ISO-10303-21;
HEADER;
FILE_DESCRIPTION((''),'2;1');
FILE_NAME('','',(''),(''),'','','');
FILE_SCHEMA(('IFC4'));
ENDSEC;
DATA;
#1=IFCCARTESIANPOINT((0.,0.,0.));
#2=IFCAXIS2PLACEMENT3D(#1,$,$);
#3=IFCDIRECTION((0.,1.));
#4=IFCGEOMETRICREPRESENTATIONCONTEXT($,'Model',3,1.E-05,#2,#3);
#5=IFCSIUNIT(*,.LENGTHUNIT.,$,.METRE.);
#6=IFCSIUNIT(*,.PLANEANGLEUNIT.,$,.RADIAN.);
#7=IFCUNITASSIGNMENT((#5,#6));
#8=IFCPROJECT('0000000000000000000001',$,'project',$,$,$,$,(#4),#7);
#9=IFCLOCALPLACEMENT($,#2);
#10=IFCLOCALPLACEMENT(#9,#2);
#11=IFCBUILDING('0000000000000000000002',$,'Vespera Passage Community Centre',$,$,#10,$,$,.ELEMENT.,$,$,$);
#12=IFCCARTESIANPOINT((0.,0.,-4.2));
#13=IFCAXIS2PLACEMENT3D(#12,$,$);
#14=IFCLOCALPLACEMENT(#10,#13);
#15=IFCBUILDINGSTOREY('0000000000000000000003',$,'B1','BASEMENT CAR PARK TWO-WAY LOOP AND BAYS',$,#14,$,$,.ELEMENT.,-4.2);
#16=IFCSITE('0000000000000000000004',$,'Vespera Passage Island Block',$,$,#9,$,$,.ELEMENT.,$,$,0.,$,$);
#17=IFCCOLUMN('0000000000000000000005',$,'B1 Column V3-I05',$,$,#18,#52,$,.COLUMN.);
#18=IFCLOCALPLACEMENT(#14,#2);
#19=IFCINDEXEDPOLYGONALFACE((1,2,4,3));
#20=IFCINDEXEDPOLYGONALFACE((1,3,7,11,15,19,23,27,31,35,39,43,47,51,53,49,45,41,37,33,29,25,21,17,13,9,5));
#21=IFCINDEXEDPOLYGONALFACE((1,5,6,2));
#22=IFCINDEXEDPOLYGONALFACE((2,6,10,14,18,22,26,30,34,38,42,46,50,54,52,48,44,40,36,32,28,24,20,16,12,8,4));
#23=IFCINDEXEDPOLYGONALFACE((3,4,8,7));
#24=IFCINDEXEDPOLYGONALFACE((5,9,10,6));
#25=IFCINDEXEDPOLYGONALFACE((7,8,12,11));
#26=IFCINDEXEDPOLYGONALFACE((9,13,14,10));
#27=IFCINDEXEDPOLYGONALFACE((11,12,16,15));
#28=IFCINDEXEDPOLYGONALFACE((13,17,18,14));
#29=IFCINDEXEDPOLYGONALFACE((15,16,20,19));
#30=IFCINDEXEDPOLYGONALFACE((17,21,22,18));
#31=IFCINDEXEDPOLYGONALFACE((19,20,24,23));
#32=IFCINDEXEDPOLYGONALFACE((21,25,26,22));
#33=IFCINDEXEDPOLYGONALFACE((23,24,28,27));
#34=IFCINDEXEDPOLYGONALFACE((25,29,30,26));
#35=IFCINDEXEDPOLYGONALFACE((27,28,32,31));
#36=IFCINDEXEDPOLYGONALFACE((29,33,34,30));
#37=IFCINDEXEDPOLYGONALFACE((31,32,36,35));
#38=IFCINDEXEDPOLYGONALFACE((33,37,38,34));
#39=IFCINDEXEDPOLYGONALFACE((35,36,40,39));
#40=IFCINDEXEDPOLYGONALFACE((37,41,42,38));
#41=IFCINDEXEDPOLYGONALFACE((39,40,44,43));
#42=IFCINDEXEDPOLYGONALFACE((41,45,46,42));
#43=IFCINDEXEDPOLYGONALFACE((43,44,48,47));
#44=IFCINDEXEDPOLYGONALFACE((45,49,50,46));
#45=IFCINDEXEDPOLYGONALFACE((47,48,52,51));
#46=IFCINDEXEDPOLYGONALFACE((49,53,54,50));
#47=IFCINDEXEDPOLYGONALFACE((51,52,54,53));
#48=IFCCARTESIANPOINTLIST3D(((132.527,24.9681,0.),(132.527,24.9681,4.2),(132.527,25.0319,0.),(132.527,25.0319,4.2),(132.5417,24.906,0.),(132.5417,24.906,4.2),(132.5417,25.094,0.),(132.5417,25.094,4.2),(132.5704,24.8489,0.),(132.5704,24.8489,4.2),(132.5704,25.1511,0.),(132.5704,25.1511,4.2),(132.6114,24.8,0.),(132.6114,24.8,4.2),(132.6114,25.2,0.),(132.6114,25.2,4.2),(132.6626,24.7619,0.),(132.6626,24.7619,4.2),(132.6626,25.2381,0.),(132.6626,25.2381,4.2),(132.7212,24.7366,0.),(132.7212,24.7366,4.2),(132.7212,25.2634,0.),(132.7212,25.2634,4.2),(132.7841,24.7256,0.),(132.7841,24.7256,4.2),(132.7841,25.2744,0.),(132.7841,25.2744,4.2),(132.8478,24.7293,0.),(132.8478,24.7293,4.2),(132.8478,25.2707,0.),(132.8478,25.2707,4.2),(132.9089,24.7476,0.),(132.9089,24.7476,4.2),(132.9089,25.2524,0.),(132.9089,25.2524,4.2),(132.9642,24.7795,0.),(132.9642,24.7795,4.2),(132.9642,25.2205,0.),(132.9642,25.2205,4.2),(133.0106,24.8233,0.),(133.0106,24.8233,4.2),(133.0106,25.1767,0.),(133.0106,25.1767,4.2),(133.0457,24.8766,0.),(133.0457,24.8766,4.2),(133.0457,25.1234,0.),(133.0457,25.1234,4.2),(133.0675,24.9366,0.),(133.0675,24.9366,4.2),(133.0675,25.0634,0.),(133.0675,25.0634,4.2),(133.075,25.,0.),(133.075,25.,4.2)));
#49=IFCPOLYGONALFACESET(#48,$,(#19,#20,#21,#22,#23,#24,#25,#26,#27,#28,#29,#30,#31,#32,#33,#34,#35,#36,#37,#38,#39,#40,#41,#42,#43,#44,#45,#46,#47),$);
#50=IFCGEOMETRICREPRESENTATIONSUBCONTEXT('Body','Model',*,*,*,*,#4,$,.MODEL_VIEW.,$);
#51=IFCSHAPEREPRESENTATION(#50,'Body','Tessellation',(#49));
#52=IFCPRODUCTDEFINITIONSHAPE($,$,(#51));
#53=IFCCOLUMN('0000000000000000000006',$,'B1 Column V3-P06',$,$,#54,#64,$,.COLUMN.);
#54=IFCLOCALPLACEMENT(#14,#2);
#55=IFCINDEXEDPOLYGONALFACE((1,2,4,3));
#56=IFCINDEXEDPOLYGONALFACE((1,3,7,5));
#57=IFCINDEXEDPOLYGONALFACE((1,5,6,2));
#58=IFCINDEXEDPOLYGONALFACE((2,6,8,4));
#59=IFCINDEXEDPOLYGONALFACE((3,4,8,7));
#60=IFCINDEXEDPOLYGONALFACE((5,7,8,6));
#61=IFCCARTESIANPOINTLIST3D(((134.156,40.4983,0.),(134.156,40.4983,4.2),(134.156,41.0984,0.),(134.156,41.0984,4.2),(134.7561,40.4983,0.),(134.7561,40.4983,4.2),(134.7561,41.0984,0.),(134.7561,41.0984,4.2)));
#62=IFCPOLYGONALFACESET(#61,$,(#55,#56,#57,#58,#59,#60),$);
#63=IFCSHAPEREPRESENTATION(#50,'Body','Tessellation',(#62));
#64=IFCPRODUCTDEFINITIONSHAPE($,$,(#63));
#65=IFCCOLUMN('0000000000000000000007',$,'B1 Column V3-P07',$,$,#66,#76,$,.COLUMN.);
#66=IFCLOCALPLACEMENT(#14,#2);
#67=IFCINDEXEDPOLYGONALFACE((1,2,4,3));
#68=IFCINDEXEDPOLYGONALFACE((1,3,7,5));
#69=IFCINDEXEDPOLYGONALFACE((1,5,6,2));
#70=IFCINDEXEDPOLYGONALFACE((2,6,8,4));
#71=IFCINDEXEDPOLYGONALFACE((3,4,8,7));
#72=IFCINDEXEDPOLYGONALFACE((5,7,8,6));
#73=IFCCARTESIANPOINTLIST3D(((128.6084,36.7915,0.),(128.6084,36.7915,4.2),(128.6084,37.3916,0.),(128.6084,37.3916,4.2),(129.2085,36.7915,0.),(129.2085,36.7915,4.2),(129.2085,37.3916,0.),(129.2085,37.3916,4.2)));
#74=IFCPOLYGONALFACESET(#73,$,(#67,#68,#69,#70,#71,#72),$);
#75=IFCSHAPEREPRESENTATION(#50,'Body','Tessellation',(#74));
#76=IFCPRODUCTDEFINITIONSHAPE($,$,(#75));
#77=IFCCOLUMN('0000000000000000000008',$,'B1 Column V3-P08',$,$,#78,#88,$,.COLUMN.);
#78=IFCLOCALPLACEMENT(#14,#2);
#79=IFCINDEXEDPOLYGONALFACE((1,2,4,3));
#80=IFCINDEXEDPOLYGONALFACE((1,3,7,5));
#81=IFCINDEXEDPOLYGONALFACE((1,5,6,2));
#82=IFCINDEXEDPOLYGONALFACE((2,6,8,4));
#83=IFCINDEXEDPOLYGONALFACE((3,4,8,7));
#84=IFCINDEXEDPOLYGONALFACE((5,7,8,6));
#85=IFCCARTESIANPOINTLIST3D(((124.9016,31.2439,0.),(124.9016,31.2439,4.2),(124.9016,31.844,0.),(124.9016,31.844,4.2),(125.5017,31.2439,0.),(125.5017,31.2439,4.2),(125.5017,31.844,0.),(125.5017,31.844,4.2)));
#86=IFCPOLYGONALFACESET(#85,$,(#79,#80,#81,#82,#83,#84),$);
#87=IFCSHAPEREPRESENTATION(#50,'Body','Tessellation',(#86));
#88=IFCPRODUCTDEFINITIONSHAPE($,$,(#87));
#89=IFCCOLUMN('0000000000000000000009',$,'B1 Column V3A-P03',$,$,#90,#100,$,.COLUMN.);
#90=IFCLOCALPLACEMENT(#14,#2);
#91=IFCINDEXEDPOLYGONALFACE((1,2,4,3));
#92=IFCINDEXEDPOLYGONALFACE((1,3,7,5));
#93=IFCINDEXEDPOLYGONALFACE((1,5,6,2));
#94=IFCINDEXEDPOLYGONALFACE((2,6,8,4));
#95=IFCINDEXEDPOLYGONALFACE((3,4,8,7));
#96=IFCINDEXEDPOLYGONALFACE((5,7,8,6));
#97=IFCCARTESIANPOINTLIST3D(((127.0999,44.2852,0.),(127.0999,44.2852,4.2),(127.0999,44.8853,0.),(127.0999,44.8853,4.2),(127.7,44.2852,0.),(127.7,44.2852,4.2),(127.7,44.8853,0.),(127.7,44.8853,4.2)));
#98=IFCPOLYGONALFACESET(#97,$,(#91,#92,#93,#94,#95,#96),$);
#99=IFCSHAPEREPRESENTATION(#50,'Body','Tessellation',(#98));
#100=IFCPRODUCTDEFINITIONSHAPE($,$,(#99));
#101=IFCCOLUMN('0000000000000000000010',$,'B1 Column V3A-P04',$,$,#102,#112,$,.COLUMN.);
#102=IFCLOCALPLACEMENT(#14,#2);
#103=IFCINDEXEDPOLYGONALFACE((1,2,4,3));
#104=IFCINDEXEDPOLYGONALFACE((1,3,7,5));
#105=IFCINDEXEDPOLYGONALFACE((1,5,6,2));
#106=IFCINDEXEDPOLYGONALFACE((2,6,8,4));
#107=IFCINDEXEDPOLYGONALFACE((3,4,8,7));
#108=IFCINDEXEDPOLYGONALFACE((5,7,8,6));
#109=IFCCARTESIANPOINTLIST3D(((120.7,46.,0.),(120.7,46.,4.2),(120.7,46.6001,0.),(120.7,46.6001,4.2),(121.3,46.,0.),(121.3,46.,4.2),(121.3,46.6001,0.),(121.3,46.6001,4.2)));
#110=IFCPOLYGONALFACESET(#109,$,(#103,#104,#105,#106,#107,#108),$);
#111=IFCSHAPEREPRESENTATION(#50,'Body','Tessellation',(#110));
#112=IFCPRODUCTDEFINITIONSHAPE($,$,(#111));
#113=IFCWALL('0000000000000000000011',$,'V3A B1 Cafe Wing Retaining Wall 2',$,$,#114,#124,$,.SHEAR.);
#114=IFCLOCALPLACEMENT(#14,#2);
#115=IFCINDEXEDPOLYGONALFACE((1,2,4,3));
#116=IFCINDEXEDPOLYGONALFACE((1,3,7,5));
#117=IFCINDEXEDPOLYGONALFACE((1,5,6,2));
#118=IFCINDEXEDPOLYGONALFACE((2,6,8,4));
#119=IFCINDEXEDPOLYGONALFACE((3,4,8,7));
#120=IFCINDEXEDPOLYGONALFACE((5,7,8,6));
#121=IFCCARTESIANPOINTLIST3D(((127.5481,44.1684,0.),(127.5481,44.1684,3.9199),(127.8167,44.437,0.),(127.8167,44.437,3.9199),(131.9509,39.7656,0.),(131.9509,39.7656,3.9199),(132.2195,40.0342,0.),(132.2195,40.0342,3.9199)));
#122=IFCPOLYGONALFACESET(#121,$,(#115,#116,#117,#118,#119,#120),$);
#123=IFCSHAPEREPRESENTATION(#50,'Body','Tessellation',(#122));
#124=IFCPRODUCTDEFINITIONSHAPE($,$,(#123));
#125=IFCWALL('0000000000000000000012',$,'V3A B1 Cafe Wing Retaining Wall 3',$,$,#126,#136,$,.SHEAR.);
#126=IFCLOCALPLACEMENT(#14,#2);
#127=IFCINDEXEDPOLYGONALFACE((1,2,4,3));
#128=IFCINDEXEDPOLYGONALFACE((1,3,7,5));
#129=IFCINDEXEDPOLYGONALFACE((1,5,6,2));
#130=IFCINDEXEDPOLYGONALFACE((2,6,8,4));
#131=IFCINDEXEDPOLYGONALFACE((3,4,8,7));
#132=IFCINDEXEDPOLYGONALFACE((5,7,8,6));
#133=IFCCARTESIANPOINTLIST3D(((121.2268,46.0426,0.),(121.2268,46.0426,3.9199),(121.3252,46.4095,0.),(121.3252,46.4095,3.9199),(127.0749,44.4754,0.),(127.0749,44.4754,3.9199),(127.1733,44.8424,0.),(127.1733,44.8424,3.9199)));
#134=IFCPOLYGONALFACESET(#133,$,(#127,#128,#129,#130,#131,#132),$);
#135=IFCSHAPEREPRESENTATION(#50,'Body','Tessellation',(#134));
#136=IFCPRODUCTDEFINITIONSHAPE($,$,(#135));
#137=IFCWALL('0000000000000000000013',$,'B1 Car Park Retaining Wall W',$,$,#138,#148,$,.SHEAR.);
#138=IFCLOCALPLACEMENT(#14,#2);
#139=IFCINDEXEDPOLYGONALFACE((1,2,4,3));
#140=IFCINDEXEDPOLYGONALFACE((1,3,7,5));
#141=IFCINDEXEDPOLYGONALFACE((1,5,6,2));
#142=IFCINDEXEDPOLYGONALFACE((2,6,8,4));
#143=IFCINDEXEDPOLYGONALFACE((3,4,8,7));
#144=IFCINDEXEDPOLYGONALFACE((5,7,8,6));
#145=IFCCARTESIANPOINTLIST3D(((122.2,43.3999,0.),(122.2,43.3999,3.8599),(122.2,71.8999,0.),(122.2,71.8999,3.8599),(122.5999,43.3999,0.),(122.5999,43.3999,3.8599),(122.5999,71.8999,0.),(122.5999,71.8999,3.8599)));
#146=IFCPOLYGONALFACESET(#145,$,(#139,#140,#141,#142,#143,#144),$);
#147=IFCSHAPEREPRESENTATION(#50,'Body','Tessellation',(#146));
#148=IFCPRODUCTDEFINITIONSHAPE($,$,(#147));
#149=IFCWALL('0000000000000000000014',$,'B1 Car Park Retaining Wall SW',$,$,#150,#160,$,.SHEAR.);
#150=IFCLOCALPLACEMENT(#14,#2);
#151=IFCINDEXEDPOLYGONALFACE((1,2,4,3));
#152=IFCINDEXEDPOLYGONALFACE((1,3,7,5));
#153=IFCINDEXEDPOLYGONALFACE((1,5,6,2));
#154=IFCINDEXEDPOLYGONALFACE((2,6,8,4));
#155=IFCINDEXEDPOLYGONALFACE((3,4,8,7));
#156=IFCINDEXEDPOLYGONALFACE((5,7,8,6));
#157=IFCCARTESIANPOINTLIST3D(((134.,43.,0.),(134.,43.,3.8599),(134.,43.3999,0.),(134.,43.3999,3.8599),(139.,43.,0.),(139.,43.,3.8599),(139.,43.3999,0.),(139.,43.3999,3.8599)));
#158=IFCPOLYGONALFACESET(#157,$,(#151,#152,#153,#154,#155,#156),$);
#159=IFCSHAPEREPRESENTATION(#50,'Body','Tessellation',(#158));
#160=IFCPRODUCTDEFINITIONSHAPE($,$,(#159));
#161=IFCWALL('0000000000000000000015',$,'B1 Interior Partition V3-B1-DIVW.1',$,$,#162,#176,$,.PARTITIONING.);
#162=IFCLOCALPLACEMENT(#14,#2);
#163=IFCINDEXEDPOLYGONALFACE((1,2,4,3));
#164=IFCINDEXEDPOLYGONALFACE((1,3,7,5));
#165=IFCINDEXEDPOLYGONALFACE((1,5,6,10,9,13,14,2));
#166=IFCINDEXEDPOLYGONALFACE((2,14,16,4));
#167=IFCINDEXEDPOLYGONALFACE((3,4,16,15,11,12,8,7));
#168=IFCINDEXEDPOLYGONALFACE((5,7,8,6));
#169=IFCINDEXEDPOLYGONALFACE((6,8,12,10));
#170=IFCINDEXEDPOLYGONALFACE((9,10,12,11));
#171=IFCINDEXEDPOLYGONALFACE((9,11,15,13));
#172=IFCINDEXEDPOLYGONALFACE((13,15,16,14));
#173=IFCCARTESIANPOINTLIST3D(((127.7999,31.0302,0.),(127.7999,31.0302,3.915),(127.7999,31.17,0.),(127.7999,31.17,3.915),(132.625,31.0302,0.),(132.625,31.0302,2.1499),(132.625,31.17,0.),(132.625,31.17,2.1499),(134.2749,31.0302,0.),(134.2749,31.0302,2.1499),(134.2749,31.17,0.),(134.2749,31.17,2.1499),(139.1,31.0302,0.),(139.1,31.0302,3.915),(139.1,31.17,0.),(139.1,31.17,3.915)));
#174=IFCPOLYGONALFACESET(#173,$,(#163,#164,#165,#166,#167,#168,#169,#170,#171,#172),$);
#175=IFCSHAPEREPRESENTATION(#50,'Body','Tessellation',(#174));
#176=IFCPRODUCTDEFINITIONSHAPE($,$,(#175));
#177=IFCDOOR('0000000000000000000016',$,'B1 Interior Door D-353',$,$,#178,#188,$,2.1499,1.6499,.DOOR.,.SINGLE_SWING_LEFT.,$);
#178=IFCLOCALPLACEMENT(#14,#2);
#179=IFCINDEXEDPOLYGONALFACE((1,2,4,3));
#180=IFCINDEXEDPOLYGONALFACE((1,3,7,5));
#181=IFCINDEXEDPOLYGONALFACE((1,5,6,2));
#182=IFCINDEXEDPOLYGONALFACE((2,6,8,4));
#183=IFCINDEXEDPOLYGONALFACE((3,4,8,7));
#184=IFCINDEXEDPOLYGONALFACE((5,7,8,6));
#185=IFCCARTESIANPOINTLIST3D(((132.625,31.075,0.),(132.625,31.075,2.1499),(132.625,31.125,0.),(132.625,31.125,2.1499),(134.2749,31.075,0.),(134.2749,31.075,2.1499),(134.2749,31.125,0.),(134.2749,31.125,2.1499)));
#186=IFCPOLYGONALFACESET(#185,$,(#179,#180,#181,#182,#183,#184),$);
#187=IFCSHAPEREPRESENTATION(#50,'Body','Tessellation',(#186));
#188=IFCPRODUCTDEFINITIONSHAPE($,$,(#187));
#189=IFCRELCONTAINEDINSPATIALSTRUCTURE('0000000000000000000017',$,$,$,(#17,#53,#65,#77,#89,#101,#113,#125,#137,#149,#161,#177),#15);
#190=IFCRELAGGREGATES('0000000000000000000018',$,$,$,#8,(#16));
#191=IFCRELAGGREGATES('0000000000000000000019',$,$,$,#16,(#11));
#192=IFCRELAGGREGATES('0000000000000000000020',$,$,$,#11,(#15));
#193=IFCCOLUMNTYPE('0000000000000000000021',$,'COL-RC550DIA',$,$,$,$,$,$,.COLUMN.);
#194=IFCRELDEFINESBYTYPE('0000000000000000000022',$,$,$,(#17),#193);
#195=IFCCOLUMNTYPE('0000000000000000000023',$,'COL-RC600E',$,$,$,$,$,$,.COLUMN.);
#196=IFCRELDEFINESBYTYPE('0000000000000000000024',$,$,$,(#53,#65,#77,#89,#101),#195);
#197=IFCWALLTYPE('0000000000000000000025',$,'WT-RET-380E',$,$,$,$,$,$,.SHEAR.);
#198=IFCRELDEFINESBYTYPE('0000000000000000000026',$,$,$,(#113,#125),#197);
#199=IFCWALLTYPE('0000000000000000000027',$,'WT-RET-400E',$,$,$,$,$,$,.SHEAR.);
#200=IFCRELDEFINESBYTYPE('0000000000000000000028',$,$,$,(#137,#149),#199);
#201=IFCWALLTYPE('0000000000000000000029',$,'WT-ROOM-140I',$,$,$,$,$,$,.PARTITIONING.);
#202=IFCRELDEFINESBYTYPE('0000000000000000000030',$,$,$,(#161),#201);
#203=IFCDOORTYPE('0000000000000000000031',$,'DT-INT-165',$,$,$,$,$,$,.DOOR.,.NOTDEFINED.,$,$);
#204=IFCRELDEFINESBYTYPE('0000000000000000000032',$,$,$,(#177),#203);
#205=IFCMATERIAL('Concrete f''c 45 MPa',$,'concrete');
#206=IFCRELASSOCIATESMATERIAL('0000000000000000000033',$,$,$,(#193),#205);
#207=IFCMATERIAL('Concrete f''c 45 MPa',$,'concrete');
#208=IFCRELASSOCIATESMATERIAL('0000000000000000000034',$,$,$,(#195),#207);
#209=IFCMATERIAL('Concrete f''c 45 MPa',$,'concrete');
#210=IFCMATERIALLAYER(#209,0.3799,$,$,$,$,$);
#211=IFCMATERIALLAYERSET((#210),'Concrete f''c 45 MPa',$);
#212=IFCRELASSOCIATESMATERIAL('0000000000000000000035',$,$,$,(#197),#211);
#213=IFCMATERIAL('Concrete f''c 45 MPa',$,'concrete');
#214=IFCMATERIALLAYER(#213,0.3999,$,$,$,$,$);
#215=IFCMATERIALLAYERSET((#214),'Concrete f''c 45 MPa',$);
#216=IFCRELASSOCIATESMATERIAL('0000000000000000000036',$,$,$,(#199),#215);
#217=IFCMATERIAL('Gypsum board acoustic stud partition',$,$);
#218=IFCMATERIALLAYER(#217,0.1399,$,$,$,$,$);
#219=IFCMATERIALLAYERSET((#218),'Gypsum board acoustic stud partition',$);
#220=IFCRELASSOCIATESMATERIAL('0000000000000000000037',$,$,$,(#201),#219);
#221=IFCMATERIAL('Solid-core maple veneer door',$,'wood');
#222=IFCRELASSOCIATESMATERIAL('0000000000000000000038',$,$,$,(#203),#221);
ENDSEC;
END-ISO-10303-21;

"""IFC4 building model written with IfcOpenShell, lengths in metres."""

from ifc_helpers import new_model, si_unit, direction, frame, frame_2d, origin, origin_2d, place, context, subcontext, project, spatial, rectangle, circle, extrude, material, layer, layer_set, material_profile, profile_set, type_object, element, fill, save


model = new_model("IFC4")

# Units and contexts
model_context = context("Model", 3, precision=1e-05, world=origin(), true_north=direction((0.0, 1.0)))
body_context = subcontext(model_context, "Body", "Model", "MODEL_VIEW")
ifc_project = project(units=[si_unit("LENGTHUNIT", "METRE"), si_unit("PLANEANGLEUNIT", "RADIAN")], contexts=[model_context])

# Site, building, storey
site_placement = place(None, origin())
site = spatial("IfcSite", under=ifc_project, at=site_placement, Name="Vespera Passage Island Block", CompositionType="ELEMENT", RefElevation=0.0)
building_placement = place(site_placement, origin())
building = spatial("IfcBuilding", under=site, at=building_placement, Name="Vespera Passage Community Centre", CompositionType="ELEMENT")
storey_placement = place(building_placement, frame((0.0, 0.0, -4.2)))
storey = spatial("IfcBuildingStorey", under=building, at=storey_placement, Name="B1", Description="BASEMENT CAR PARK TWO-WAY LOOP AND BAYS", CompositionType="ELEMENT", Elevation=-4.2)

# Columns
ifc_material_1 = material(Name="Concrete f'c 45 MPa", Category="concrete")
ifc_material_profile_1 = material_profile(ifc_material_1, circle(Radius=0.2749, at=origin_2d()), Name="RC550DIA")
ifc_profile_set_1 = profile_set([ifc_material_profile_1], Name="Concrete f'c 45 MPa")
column_type_1 = type_object("IfcColumnType", Name="COL-RC550DIA", PredefinedType="COLUMN", material=ifc_profile_set_1)
column_1_placement = place(storey_placement, frame((132.8, 25.0, 0.0), z_axis=(0.0, 0.0, 1.0), x_axis=(1.0, 0.0, 0.0)))
element("IfcColumn", 1, at=column_1_placement, inside=storey, type_object=column_type_1, Name="B1 Column V3-I05", PredefinedType="COLUMN", context=body_context, shape_type="SweptSolid", body=[
    extrude(circle(Radius=0.2749, at=origin_2d()), origin(), (0.0, 0.0, 1.0), 4.2),
])
ifc_material_2 = material(Name="Concrete f'c 45 MPa", Category="concrete")
ifc_material_profile_2 = material_profile(ifc_material_2, rectangle(XDim=0.6001, YDim=0.6001, at=origin_2d()), Name="RC600X600")
ifc_profile_set_2 = profile_set([ifc_material_profile_2], Name="Concrete f'c 45 MPa")
column_type_2 = type_object("IfcColumnType", Name="COL-RC600E", PredefinedType="COLUMN", material=ifc_profile_set_2)
for number, where, z_axis, x_axis, name in (
    (2, (134.4561, 40.7983, 0.0), (0.0, 0.0, 1.0), (1.0, 0.0, 0.0), "B1 Column V3-P06"),
    (3, (128.9084, 37.0916, 0.0), (0.0, 0.0, 1.0), (1.0, 0.0, 0.0), "B1 Column V3-P07"),
    (4, (125.2017, 31.5439, 0.0), (0.0, 0.0, 1.0), (1.0, 0.0, 0.0), "B1 Column V3-P08"),
    (5, (127.3999, 44.5852, 0.0), (0.0, 0.0, 1.0), (1.0, 0.0, 0.0), "B1 Column V3A-P03"),
    (6, (121.0, 46.3, 0.0), (0.0, 0.0, 1.0), (1.0, 0.0, 0.0), "B1 Column V3A-P04"),
):
    element("IfcColumn", number, at=place(storey_placement, frame(where, z_axis=z_axis, x_axis=x_axis)), inside=storey, type_object=column_type_2, Name=name, PredefinedType="COLUMN", context=body_context, shape_type="SweptSolid", body=[
        extrude(rectangle(XDim=0.6001, YDim=0.6001, at=origin_2d()), origin(), (0.0, 0.0, 1.0), 4.2),
    ])

# Walls
ifc_material_3 = material(Name="Concrete f'c 45 MPa", Category="concrete")
ifc_layer_1 = layer(ifc_material_3, 0.3799)
ifc_layer_set_1 = layer_set([ifc_layer_1], Name="Concrete f'c 45 MPa")
wall_type_1 = type_object("IfcWallType", Name="WT-RET-380E", PredefinedType="SHEAR", material=ifc_layer_set_1)
wall_1_placement = place(storey_placement, frame((127.6824, 44.3027, 0.0), z_axis=(0.0, 0.0, 1.0), x_axis=(0.707107, -0.707107, 0.0)))
element("IfcWall", 7, at=wall_1_placement, inside=storey, type_object=wall_type_1, Name="V3A B1 Cafe Wing Retaining Wall 2", PredefinedType="SHEAR", context=body_context, shape_type="SweptSolid", body=[
    extrude(rectangle(XDim=6.2266, YDim=0.3799, at=frame_2d((3.1133, 0.0))), origin(), (0.0, 0.0, 1.0), 3.9199),
])
wall_2_placement = place(storey_placement, frame((121.2759, 46.2261, 0.0), z_axis=(0.0, 0.0, 1.0), x_axis=(0.96592, -0.25884, 0.0)))
element("IfcWall", 8, at=wall_2_placement, inside=storey, type_object=wall_type_1, Name="V3A B1 Cafe Wing Retaining Wall 3", PredefinedType="SHEAR", context=body_context, shape_type="SweptSolid", body=[
    extrude(rectangle(XDim=6.0544, YDim=0.3799, at=frame_2d((3.0273, 0.0))), origin(), (0.0, 0.0, 1.0), 3.9199),
])
ifc_material_4 = material(Name="Concrete f'c 45 MPa", Category="concrete")
ifc_layer_2 = layer(ifc_material_4, 0.3999)
ifc_layer_set_2 = layer_set([ifc_layer_2], Name="Concrete f'c 45 MPa")
wall_type_2 = type_object("IfcWallType", Name="WT-RET-400E", PredefinedType="SHEAR", material=ifc_layer_set_2)
wall_3_placement = place(storey_placement, frame((122.3999, 43.3999, 0.0), z_axis=(0.0, 0.0, 1.0), x_axis=(0.0, 1.0, 0.0)))
element("IfcWall", 9, at=wall_3_placement, inside=storey, type_object=wall_type_2, Name="B1 Car Park Retaining Wall W", PredefinedType="SHEAR", context=body_context, shape_type="SweptSolid", body=[
    extrude(rectangle(XDim=28.5, YDim=0.3999, at=frame_2d((14.25, 0.0))), origin(), (0.0, 0.0, 1.0), 3.8599),
])
wall_4_placement = place(storey_placement, frame((134.0, 43.2, 0.0), z_axis=(0.0, 0.0, 1.0), x_axis=(1.0, 0.0, 0.0)))
element("IfcWall", 10, at=wall_4_placement, inside=storey, type_object=wall_type_2, Name="B1 Car Park Retaining Wall SW", PredefinedType="SHEAR", context=body_context, shape_type="SweptSolid", body=[
    extrude(rectangle(XDim=5.0, YDim=0.3999, at=frame_2d((2.5, 0.0))), origin(), (0.0, 0.0, 1.0), 3.8599),
])

# Wall, opening, door
ifc_material_5 = material(Name="Gypsum board acoustic stud partition")
ifc_layer_3 = layer(ifc_material_5, 0.1399)
ifc_layer_set_3 = layer_set([ifc_layer_3], Name="Gypsum board acoustic stud partition")
wall_type_3 = type_object("IfcWallType", Name="WT-ROOM-140I", PredefinedType="PARTITIONING", material=ifc_layer_set_3)
wall_5_placement = place(storey_placement, frame((127.8, 31.1001, 0.0), z_axis=(0.0, 0.0, 1.0), x_axis=(1.0, 0.0, 0.0)))
wall_5 = element("IfcWall", 11, at=wall_5_placement, inside=storey, type_object=wall_type_3, Name="B1 Interior Partition V3-B1-DIVW.1", PredefinedType="PARTITIONING", context=body_context, shape_type="SweptSolid", body=[
    extrude(rectangle(XDim=11.3, YDim=0.1399, at=frame_2d((5.6499, 0.0))), origin(), (0.0, 0.0, 1.0), 3.915),
])
opening_placement = place(wall_5_placement, frame((4.825, 0.0, 0.0)))
opening = element("IfcOpeningElement", 12, at=opening_placement, cuts=wall_5, PredefinedType="OPENING", context=body_context, shape_type="SweptSolid", body=[
    extrude(rectangle(XDim=1.6499, YDim=2.1499, at=frame_2d((0.825, 1.075))), frame((0.0, 0.0798, 0.0), z_axis=(0.0, -1.0, 0.0), x_axis=(1.0, 0.0, 0.0)), (0.0, 0.0, 1.0), 0.1599),
])
ifc_material_6 = material(Name="Solid-core maple veneer door", Category="wood")
door_type = type_object("IfcDoorType", Name="DT-INT-165", OperationType="NOTDEFINED", PredefinedType="DOOR", material=ifc_material_6)
door_placement = place(opening_placement, origin())
door = element("IfcDoor", 13, at=door_placement, inside=storey, type_object=door_type, Name="B1 Interior Door D-353", OperationType="SINGLE_SWING_LEFT", OverallHeight=2.1499, OverallWidth=1.6499, PredefinedType="DOOR", context=body_context, shape_type="SweptSolid", body=[
    extrude(rectangle(XDim=1.6499, YDim=2.1499, at=frame_2d((0.825, 1.075))), frame((0.0, 0.0249, 0.0), z_axis=(0.0, -1.0, 0.0), x_axis=(1.0, 0.0, 0.0)), (0.0, 0.0, 1.0), 0.05),
])
fill(opening, door)

save(model, "model.ifc")
